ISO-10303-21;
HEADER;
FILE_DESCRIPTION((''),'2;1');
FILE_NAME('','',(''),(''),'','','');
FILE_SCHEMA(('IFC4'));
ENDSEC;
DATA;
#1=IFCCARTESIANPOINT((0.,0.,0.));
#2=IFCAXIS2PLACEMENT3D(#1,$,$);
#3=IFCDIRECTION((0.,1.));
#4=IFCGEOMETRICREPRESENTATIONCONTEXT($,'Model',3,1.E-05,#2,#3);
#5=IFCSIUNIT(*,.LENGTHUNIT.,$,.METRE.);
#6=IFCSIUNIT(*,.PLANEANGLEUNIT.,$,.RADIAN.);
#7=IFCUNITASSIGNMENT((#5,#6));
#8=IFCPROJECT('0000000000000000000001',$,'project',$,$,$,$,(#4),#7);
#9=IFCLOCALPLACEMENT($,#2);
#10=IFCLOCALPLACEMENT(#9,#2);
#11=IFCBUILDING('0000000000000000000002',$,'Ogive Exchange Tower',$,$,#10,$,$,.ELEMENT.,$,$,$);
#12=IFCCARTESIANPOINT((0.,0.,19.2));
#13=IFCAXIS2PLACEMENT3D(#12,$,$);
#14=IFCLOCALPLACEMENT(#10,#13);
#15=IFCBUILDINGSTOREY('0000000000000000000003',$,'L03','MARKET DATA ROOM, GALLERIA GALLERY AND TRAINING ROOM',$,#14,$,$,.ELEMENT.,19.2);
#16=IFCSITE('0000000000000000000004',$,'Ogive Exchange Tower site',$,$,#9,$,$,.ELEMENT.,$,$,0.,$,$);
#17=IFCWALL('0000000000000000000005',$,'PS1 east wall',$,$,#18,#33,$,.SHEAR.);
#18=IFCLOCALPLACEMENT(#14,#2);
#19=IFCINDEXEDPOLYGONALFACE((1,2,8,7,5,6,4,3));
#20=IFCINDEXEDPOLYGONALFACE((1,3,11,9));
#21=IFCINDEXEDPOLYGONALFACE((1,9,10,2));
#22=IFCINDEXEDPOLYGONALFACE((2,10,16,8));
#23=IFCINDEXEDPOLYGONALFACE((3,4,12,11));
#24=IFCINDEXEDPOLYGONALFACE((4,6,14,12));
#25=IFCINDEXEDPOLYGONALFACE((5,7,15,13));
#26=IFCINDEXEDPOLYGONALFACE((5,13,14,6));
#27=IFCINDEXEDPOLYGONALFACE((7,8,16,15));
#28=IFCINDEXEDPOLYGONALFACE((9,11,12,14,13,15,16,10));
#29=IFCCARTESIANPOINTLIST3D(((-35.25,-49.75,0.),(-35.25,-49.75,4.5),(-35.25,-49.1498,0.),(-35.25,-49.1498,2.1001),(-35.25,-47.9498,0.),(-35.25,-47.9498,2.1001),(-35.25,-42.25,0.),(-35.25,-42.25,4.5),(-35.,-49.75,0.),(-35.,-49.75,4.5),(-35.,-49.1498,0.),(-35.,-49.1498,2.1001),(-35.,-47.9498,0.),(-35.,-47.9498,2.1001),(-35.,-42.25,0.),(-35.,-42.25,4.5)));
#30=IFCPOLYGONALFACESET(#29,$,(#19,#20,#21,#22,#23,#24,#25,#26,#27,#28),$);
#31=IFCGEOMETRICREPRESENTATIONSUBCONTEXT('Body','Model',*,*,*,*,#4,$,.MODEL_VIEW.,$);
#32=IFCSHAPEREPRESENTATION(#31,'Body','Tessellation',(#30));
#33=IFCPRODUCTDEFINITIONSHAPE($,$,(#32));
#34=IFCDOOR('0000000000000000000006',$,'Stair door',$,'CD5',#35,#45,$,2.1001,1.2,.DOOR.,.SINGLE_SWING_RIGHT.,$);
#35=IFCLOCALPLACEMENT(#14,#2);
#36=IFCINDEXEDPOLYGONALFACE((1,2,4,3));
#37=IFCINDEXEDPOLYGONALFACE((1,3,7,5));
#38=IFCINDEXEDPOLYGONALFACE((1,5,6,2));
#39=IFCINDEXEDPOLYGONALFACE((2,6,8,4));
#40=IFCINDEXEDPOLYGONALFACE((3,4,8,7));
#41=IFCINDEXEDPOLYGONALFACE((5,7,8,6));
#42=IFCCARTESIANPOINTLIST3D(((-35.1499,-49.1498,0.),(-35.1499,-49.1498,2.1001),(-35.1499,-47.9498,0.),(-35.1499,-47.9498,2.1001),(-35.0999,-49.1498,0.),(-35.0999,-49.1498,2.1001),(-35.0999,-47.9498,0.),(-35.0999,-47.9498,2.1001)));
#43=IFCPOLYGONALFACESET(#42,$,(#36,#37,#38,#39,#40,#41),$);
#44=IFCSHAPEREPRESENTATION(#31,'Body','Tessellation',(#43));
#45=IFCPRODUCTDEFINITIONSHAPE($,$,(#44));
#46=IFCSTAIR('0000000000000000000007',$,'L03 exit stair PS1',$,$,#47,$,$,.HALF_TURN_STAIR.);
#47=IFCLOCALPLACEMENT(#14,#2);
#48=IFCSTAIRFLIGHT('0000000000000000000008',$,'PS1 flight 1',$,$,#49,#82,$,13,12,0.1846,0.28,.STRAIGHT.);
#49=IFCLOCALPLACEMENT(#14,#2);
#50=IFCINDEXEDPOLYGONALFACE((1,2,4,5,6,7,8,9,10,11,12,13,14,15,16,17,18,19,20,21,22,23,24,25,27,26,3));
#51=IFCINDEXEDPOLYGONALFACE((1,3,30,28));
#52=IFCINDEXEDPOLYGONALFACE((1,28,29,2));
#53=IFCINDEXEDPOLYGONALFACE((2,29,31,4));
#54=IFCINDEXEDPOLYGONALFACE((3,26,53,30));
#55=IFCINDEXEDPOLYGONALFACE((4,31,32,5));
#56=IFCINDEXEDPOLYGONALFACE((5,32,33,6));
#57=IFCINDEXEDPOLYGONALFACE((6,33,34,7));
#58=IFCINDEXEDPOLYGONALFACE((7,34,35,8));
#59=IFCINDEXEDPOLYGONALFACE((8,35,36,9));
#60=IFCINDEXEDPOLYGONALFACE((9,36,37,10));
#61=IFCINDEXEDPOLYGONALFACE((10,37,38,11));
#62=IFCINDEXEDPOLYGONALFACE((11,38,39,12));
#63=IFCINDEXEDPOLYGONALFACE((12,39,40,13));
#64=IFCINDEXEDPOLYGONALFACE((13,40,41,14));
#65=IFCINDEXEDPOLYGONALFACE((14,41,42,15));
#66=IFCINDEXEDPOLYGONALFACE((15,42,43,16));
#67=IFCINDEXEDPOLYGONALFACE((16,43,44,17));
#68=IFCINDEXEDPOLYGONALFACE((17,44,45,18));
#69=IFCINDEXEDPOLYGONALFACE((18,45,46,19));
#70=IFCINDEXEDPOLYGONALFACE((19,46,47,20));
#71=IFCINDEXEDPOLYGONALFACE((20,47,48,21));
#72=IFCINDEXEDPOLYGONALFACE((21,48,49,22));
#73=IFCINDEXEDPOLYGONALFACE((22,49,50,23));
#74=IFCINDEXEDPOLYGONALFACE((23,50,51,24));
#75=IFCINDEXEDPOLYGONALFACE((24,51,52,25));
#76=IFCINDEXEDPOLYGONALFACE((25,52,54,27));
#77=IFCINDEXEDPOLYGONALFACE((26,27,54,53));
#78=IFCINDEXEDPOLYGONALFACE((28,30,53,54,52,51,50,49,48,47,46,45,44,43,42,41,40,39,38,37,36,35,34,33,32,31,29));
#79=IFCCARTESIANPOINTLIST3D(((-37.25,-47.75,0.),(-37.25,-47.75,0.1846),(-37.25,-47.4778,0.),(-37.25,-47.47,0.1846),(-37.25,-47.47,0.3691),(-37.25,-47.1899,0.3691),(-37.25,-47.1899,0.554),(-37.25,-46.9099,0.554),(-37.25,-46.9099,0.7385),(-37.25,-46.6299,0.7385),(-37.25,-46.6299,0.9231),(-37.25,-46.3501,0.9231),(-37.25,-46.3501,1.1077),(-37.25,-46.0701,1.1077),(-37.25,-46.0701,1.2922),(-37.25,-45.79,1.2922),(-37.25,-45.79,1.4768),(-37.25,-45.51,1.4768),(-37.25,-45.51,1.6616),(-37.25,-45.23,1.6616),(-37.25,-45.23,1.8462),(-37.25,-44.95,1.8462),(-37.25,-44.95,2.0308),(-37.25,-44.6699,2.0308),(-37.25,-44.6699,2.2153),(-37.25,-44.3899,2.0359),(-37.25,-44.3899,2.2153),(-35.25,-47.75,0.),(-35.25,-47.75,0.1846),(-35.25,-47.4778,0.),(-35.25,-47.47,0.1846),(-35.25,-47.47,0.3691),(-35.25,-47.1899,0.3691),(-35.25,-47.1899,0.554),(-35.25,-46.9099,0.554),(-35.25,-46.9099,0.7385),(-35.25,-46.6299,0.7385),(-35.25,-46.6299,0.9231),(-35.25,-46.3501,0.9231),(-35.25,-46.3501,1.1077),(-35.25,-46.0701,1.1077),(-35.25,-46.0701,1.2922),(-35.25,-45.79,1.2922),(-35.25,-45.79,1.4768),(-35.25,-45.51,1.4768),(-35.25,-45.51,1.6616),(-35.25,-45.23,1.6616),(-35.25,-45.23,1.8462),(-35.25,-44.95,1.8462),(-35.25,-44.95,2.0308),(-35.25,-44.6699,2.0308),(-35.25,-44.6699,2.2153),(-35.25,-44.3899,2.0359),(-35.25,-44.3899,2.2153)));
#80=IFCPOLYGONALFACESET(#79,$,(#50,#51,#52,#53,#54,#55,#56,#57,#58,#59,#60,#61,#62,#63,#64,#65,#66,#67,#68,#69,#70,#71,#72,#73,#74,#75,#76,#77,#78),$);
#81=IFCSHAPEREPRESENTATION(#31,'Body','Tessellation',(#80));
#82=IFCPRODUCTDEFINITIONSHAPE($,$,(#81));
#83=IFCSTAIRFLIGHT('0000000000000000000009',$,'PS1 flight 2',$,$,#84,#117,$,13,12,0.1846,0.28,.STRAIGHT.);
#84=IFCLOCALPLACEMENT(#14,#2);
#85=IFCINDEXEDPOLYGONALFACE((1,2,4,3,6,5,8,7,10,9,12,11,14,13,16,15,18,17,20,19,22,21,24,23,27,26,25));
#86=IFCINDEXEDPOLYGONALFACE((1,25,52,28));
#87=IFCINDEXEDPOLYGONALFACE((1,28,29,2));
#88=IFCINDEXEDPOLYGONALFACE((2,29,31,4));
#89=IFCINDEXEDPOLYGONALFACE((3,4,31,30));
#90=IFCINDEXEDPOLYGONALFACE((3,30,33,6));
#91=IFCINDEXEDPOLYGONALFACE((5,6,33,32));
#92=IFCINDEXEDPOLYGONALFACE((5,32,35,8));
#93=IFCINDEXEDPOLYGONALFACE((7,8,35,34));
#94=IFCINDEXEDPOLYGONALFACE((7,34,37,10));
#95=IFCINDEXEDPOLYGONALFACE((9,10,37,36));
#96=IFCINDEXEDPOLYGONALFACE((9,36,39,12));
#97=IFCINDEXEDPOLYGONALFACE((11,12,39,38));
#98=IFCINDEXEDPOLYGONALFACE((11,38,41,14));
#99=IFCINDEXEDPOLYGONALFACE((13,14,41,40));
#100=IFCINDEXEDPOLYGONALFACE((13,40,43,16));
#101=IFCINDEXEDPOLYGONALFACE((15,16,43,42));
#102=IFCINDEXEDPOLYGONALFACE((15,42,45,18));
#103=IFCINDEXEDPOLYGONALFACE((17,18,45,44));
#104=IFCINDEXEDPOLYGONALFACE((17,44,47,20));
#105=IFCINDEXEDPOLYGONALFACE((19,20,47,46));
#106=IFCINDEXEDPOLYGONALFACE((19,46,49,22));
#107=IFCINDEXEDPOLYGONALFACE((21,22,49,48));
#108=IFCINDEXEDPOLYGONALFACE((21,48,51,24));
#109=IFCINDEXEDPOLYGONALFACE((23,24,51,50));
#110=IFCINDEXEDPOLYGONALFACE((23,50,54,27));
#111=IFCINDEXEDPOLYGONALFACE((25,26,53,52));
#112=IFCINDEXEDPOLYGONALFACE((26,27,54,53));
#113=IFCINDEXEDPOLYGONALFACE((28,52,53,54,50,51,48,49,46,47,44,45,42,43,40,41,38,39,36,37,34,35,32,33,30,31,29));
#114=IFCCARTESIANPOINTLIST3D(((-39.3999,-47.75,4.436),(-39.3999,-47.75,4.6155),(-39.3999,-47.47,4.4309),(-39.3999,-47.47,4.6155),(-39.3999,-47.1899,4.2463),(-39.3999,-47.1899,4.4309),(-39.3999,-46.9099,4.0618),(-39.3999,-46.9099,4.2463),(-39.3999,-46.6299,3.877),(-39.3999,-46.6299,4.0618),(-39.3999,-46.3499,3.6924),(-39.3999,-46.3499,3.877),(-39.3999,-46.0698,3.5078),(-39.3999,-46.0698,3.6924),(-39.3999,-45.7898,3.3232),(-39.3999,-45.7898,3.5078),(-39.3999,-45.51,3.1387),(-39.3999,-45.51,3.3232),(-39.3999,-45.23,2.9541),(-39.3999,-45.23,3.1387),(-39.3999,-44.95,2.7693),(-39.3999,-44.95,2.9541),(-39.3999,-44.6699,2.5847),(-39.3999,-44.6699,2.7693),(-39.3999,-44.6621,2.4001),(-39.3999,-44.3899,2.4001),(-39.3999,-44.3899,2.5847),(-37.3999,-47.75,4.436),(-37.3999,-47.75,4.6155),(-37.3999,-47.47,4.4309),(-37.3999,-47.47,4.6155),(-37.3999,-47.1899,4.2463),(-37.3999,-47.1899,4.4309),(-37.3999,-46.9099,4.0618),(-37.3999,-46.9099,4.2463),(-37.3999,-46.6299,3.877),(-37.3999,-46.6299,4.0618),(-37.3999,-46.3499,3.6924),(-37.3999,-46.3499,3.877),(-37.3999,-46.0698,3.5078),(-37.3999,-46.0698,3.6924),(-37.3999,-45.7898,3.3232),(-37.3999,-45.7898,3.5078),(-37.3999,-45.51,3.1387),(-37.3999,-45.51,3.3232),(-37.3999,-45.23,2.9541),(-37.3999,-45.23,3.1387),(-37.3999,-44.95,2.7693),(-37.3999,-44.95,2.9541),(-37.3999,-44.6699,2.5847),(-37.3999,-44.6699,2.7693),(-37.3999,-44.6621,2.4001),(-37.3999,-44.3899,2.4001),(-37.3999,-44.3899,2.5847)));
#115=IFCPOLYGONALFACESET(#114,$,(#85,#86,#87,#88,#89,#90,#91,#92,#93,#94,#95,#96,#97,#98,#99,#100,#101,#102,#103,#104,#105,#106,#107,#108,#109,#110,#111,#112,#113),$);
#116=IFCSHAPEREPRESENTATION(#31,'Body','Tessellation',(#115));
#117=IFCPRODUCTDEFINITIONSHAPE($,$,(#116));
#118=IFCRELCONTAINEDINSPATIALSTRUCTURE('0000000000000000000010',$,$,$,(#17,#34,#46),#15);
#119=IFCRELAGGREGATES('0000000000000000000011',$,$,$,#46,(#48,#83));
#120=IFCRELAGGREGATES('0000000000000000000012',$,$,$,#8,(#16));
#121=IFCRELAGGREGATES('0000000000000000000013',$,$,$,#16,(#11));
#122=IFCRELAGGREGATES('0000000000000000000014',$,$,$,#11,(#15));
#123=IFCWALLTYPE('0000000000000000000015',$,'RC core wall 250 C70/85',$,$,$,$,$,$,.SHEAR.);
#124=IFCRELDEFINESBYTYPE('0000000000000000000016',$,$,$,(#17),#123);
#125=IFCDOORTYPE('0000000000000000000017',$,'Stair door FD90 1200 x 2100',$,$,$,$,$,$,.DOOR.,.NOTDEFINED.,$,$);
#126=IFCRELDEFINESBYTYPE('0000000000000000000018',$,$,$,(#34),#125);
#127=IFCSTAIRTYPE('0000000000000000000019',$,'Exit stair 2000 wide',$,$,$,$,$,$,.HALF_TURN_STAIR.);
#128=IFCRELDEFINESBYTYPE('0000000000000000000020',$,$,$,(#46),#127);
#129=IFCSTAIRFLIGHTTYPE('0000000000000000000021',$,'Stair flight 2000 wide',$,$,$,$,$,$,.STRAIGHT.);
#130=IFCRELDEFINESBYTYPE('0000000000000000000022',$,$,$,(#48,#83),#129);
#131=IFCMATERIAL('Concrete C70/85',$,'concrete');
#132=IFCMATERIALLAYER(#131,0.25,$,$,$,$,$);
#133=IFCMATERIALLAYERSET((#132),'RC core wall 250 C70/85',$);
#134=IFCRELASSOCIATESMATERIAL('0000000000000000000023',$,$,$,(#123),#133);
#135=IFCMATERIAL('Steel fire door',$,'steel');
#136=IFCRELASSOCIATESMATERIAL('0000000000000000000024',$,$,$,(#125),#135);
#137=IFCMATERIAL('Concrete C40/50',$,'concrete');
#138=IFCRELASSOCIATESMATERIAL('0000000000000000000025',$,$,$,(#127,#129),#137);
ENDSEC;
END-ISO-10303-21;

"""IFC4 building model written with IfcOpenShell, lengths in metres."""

from ifc_helpers import new_model, si_unit, direction, frame, frame_2d, origin, place, context, subcontext, project, spatial, polyline, rectangle, outline, extrude, material, layer, layer_set, type_object, element, fill, aggregate, save


model = new_model("IFC4")

# Units and contexts
model_context = context("Model", 3, precision=1e-05, world=origin(), true_north=direction((0.0, 1.0)))
body_context = subcontext(model_context, "Body", "Model", "MODEL_VIEW")
ifc_project = project(units=[si_unit("LENGTHUNIT", "METRE"), si_unit("PLANEANGLEUNIT", "RADIAN")], contexts=[model_context])

# Site, building, storey
site_placement = place(None, origin())
site = spatial("IfcSite", under=ifc_project, at=site_placement, Name="Ogive Exchange Tower site", CompositionType="ELEMENT", RefElevation=0.0)
building_placement = place(site_placement, origin())
building = spatial("IfcBuilding", under=site, at=building_placement, Name="Ogive Exchange Tower", CompositionType="ELEMENT")
storey_placement = place(building_placement, frame((0.0, 0.0, 19.2)))
storey = spatial("IfcBuildingStorey", under=building, at=storey_placement, Name="L03", Description="MARKET DATA ROOM, GALLERIA GALLERY AND TRAINING ROOM", CompositionType="ELEMENT", Elevation=19.2)

# Shared definitions
ifc_material_1 = material(Name="Concrete C70/85", Category="concrete")

# Wall, opening, door
ifc_layer_1 = layer(ifc_material_1, 0.25)
ifc_layer_set_1 = layer_set([ifc_layer_1], Name="RC core wall 250 C70/85")
wall_type_1 = type_object("IfcWallType", Name="RC core wall 250 C70/85", PredefinedType="SHEAR", material=ifc_layer_set_1)
wall_1_placement = place(storey_placement, frame((-35.125, -49.75, 0.0), z_axis=(0.0, 0.0, 1.0), x_axis=(0.0, 1.0, 0.0)))
wall_1 = element("IfcWall", 1, at=wall_1_placement, inside=storey, type_object=wall_type_1, Name="PS1 east wall", PredefinedType="SHEAR", context=body_context, shape_type="SweptSolid", body=[
    extrude(rectangle(XDim=7.5, YDim=0.25, at=frame_2d((3.75, 0.0))), origin(), (0.0, 0.0, 1.0), 4.5),
])
opening_1_placement = place(wall_1_placement, frame((0.6001, 0.0, 0.0)))
opening_1 = element("IfcOpeningElement", 2, at=opening_1_placement, cuts=wall_1, PredefinedType="OPENING", context=body_context, shape_type="SweptSolid", body=[
    extrude(rectangle(XDim=1.2, YDim=2.1001, at=frame_2d((0.6001, 1.05))), frame((0.0, 0.135, 0.0), z_axis=(0.0, -1.0, 0.0), x_axis=(1.0, 0.0, 0.0)), (0.0, 0.0, 1.0), 0.27),
])
ifc_material_2 = material(Name="Steel fire door", Category="steel")
door_type_1 = type_object("IfcDoorType", Name="Stair door FD90 1200 x 2100", OperationType="NOTDEFINED", PredefinedType="DOOR", material=ifc_material_2)
door_1_placement = place(opening_1_placement, origin())
door_1 = element("IfcDoor", 3, at=door_1_placement, inside=storey, type_object=door_type_1, Name="Stair door", ObjectType="CD5", OperationType="SINGLE_SWING_RIGHT", OverallHeight=2.1001, OverallWidth=1.2, PredefinedType="DOOR", context=body_context, shape_type="SweptSolid", body=[
    extrude(rectangle(XDim=1.2, YDim=2.1001, at=frame_2d((0.6001, 1.05))), frame((0.0, 0.0249, 0.0), z_axis=(0.0, -1.0, 0.0), x_axis=(1.0, 0.0, 0.0)), (0.0, 0.0, 1.0), 0.05),
])
fill(opening_1, door_1)

# Stair, stair flights
ifc_material_3 = material(Name="Concrete C40/50", Category="concrete")
stair_type = type_object("IfcStairType", Name="Exit stair 2000 wide", PredefinedType="HALF_TURN_STAIR", material=ifc_material_3)
stair_placement = place(storey_placement, origin())
stair = element("IfcStair", 4, at=stair_placement, inside=storey, type_object=stair_type, Name="L03 exit stair PS1", PredefinedType="HALF_TURN_STAIR")
stair_flight_type = type_object("IfcStairFlightType", Name="Stair flight 2000 wide", PredefinedType="STRAIGHT", material=ifc_material_3)
stair_flight_1_placement = place(storey_placement, frame((-36.25, -47.75, 0.0), z_axis=(0.0, 0.0, 1.0), x_axis=(0.0, 1.0, 0.0)))
stair_flight_1 = element("IfcStairFlight", 5, at=stair_flight_1_placement, type_object=stair_flight_type, Name="PS1 flight 1", NumberOfRisers=13, NumberOfTreads=12, PredefinedType="STRAIGHT", RiserHeight=0.1846, TreadLength=0.28, context=body_context, shape_type="SweptSolid", body=[
    extrude(outline(polyline([(0.0, 0.0), (0.0, 0.1846), (0.28, 0.1846), (0.28, 0.3691), (0.5601, 0.3691), (0.5601, 0.554), (0.8401, 0.554), (0.8401, 0.7385), (1.1201, 0.7385), (1.1201, 0.9231), (1.3999, 0.9231), (1.3999, 1.1077), (1.6799, 1.1077), (1.6799, 1.2922), (1.96, 1.2922), (1.96, 1.4768), (2.24, 1.4768), (2.24, 1.6616), (2.52, 1.6616), (2.52, 1.8462), (2.8, 1.8462), (2.8, 2.0308), (3.0801, 2.0308), (3.0801, 2.2153), (3.3601, 2.2153), (3.3601, 2.3999), (3.3601, 2.0359), (0.2722, 0.0), (0.0, 0.0)])), frame((0.0, 1.0, 0.0), z_axis=(0.0, -1.0, 0.0), x_axis=(1.0, 0.0, 0.0)), (0.0, 0.0, 1.0), 2.0),
])
stair_flight_2_placement = place(storey_placement, frame((-38.3999, -44.3899, 2.4001), z_axis=(0.0, 0.0, 1.0), x_axis=(0.0, -1.0, 0.0)))
stair_flight_2 = element("IfcStairFlight", 6, at=stair_flight_2_placement, type_object=stair_flight_type, Name="PS1 flight 2", NumberOfRisers=13, NumberOfTreads=12, PredefinedType="STRAIGHT", RiserHeight=0.1846, TreadLength=0.28, context=body_context, shape_type="SweptSolid", body=[
    extrude(outline(polyline([(0.0, 0.0), (0.0, 0.1846), (0.28, 0.1846), (0.28, 0.3691), (0.5601, 0.3691), (0.5601, 0.554), (0.8401, 0.554), (0.8401, 0.7385), (1.1201, 0.7385), (1.1201, 0.9231), (1.3999, 0.9231), (1.3999, 1.1077), (1.6799, 1.1077), (1.6799, 1.2922), (1.96, 1.2922), (1.96, 1.4768), (2.24, 1.4768), (2.24, 1.6616), (2.52, 1.6616), (2.52, 1.8462), (2.8, 1.8462), (2.8, 2.0308), (3.0801, 2.0308), (3.0801, 2.2153), (3.3601, 2.2153), (3.3601, 2.3999), (3.3601, 2.0359), (0.2722, 0.0), (0.0, 0.0)])), frame((0.0, 1.0, 0.0), z_axis=(0.0, -1.0, 0.0), x_axis=(1.0, 0.0, 0.0)), (0.0, 0.0, 1.0), 2.0),
])
aggregate(stair, [stair_flight_1, stair_flight_2])

save(model, "model.ifc")
